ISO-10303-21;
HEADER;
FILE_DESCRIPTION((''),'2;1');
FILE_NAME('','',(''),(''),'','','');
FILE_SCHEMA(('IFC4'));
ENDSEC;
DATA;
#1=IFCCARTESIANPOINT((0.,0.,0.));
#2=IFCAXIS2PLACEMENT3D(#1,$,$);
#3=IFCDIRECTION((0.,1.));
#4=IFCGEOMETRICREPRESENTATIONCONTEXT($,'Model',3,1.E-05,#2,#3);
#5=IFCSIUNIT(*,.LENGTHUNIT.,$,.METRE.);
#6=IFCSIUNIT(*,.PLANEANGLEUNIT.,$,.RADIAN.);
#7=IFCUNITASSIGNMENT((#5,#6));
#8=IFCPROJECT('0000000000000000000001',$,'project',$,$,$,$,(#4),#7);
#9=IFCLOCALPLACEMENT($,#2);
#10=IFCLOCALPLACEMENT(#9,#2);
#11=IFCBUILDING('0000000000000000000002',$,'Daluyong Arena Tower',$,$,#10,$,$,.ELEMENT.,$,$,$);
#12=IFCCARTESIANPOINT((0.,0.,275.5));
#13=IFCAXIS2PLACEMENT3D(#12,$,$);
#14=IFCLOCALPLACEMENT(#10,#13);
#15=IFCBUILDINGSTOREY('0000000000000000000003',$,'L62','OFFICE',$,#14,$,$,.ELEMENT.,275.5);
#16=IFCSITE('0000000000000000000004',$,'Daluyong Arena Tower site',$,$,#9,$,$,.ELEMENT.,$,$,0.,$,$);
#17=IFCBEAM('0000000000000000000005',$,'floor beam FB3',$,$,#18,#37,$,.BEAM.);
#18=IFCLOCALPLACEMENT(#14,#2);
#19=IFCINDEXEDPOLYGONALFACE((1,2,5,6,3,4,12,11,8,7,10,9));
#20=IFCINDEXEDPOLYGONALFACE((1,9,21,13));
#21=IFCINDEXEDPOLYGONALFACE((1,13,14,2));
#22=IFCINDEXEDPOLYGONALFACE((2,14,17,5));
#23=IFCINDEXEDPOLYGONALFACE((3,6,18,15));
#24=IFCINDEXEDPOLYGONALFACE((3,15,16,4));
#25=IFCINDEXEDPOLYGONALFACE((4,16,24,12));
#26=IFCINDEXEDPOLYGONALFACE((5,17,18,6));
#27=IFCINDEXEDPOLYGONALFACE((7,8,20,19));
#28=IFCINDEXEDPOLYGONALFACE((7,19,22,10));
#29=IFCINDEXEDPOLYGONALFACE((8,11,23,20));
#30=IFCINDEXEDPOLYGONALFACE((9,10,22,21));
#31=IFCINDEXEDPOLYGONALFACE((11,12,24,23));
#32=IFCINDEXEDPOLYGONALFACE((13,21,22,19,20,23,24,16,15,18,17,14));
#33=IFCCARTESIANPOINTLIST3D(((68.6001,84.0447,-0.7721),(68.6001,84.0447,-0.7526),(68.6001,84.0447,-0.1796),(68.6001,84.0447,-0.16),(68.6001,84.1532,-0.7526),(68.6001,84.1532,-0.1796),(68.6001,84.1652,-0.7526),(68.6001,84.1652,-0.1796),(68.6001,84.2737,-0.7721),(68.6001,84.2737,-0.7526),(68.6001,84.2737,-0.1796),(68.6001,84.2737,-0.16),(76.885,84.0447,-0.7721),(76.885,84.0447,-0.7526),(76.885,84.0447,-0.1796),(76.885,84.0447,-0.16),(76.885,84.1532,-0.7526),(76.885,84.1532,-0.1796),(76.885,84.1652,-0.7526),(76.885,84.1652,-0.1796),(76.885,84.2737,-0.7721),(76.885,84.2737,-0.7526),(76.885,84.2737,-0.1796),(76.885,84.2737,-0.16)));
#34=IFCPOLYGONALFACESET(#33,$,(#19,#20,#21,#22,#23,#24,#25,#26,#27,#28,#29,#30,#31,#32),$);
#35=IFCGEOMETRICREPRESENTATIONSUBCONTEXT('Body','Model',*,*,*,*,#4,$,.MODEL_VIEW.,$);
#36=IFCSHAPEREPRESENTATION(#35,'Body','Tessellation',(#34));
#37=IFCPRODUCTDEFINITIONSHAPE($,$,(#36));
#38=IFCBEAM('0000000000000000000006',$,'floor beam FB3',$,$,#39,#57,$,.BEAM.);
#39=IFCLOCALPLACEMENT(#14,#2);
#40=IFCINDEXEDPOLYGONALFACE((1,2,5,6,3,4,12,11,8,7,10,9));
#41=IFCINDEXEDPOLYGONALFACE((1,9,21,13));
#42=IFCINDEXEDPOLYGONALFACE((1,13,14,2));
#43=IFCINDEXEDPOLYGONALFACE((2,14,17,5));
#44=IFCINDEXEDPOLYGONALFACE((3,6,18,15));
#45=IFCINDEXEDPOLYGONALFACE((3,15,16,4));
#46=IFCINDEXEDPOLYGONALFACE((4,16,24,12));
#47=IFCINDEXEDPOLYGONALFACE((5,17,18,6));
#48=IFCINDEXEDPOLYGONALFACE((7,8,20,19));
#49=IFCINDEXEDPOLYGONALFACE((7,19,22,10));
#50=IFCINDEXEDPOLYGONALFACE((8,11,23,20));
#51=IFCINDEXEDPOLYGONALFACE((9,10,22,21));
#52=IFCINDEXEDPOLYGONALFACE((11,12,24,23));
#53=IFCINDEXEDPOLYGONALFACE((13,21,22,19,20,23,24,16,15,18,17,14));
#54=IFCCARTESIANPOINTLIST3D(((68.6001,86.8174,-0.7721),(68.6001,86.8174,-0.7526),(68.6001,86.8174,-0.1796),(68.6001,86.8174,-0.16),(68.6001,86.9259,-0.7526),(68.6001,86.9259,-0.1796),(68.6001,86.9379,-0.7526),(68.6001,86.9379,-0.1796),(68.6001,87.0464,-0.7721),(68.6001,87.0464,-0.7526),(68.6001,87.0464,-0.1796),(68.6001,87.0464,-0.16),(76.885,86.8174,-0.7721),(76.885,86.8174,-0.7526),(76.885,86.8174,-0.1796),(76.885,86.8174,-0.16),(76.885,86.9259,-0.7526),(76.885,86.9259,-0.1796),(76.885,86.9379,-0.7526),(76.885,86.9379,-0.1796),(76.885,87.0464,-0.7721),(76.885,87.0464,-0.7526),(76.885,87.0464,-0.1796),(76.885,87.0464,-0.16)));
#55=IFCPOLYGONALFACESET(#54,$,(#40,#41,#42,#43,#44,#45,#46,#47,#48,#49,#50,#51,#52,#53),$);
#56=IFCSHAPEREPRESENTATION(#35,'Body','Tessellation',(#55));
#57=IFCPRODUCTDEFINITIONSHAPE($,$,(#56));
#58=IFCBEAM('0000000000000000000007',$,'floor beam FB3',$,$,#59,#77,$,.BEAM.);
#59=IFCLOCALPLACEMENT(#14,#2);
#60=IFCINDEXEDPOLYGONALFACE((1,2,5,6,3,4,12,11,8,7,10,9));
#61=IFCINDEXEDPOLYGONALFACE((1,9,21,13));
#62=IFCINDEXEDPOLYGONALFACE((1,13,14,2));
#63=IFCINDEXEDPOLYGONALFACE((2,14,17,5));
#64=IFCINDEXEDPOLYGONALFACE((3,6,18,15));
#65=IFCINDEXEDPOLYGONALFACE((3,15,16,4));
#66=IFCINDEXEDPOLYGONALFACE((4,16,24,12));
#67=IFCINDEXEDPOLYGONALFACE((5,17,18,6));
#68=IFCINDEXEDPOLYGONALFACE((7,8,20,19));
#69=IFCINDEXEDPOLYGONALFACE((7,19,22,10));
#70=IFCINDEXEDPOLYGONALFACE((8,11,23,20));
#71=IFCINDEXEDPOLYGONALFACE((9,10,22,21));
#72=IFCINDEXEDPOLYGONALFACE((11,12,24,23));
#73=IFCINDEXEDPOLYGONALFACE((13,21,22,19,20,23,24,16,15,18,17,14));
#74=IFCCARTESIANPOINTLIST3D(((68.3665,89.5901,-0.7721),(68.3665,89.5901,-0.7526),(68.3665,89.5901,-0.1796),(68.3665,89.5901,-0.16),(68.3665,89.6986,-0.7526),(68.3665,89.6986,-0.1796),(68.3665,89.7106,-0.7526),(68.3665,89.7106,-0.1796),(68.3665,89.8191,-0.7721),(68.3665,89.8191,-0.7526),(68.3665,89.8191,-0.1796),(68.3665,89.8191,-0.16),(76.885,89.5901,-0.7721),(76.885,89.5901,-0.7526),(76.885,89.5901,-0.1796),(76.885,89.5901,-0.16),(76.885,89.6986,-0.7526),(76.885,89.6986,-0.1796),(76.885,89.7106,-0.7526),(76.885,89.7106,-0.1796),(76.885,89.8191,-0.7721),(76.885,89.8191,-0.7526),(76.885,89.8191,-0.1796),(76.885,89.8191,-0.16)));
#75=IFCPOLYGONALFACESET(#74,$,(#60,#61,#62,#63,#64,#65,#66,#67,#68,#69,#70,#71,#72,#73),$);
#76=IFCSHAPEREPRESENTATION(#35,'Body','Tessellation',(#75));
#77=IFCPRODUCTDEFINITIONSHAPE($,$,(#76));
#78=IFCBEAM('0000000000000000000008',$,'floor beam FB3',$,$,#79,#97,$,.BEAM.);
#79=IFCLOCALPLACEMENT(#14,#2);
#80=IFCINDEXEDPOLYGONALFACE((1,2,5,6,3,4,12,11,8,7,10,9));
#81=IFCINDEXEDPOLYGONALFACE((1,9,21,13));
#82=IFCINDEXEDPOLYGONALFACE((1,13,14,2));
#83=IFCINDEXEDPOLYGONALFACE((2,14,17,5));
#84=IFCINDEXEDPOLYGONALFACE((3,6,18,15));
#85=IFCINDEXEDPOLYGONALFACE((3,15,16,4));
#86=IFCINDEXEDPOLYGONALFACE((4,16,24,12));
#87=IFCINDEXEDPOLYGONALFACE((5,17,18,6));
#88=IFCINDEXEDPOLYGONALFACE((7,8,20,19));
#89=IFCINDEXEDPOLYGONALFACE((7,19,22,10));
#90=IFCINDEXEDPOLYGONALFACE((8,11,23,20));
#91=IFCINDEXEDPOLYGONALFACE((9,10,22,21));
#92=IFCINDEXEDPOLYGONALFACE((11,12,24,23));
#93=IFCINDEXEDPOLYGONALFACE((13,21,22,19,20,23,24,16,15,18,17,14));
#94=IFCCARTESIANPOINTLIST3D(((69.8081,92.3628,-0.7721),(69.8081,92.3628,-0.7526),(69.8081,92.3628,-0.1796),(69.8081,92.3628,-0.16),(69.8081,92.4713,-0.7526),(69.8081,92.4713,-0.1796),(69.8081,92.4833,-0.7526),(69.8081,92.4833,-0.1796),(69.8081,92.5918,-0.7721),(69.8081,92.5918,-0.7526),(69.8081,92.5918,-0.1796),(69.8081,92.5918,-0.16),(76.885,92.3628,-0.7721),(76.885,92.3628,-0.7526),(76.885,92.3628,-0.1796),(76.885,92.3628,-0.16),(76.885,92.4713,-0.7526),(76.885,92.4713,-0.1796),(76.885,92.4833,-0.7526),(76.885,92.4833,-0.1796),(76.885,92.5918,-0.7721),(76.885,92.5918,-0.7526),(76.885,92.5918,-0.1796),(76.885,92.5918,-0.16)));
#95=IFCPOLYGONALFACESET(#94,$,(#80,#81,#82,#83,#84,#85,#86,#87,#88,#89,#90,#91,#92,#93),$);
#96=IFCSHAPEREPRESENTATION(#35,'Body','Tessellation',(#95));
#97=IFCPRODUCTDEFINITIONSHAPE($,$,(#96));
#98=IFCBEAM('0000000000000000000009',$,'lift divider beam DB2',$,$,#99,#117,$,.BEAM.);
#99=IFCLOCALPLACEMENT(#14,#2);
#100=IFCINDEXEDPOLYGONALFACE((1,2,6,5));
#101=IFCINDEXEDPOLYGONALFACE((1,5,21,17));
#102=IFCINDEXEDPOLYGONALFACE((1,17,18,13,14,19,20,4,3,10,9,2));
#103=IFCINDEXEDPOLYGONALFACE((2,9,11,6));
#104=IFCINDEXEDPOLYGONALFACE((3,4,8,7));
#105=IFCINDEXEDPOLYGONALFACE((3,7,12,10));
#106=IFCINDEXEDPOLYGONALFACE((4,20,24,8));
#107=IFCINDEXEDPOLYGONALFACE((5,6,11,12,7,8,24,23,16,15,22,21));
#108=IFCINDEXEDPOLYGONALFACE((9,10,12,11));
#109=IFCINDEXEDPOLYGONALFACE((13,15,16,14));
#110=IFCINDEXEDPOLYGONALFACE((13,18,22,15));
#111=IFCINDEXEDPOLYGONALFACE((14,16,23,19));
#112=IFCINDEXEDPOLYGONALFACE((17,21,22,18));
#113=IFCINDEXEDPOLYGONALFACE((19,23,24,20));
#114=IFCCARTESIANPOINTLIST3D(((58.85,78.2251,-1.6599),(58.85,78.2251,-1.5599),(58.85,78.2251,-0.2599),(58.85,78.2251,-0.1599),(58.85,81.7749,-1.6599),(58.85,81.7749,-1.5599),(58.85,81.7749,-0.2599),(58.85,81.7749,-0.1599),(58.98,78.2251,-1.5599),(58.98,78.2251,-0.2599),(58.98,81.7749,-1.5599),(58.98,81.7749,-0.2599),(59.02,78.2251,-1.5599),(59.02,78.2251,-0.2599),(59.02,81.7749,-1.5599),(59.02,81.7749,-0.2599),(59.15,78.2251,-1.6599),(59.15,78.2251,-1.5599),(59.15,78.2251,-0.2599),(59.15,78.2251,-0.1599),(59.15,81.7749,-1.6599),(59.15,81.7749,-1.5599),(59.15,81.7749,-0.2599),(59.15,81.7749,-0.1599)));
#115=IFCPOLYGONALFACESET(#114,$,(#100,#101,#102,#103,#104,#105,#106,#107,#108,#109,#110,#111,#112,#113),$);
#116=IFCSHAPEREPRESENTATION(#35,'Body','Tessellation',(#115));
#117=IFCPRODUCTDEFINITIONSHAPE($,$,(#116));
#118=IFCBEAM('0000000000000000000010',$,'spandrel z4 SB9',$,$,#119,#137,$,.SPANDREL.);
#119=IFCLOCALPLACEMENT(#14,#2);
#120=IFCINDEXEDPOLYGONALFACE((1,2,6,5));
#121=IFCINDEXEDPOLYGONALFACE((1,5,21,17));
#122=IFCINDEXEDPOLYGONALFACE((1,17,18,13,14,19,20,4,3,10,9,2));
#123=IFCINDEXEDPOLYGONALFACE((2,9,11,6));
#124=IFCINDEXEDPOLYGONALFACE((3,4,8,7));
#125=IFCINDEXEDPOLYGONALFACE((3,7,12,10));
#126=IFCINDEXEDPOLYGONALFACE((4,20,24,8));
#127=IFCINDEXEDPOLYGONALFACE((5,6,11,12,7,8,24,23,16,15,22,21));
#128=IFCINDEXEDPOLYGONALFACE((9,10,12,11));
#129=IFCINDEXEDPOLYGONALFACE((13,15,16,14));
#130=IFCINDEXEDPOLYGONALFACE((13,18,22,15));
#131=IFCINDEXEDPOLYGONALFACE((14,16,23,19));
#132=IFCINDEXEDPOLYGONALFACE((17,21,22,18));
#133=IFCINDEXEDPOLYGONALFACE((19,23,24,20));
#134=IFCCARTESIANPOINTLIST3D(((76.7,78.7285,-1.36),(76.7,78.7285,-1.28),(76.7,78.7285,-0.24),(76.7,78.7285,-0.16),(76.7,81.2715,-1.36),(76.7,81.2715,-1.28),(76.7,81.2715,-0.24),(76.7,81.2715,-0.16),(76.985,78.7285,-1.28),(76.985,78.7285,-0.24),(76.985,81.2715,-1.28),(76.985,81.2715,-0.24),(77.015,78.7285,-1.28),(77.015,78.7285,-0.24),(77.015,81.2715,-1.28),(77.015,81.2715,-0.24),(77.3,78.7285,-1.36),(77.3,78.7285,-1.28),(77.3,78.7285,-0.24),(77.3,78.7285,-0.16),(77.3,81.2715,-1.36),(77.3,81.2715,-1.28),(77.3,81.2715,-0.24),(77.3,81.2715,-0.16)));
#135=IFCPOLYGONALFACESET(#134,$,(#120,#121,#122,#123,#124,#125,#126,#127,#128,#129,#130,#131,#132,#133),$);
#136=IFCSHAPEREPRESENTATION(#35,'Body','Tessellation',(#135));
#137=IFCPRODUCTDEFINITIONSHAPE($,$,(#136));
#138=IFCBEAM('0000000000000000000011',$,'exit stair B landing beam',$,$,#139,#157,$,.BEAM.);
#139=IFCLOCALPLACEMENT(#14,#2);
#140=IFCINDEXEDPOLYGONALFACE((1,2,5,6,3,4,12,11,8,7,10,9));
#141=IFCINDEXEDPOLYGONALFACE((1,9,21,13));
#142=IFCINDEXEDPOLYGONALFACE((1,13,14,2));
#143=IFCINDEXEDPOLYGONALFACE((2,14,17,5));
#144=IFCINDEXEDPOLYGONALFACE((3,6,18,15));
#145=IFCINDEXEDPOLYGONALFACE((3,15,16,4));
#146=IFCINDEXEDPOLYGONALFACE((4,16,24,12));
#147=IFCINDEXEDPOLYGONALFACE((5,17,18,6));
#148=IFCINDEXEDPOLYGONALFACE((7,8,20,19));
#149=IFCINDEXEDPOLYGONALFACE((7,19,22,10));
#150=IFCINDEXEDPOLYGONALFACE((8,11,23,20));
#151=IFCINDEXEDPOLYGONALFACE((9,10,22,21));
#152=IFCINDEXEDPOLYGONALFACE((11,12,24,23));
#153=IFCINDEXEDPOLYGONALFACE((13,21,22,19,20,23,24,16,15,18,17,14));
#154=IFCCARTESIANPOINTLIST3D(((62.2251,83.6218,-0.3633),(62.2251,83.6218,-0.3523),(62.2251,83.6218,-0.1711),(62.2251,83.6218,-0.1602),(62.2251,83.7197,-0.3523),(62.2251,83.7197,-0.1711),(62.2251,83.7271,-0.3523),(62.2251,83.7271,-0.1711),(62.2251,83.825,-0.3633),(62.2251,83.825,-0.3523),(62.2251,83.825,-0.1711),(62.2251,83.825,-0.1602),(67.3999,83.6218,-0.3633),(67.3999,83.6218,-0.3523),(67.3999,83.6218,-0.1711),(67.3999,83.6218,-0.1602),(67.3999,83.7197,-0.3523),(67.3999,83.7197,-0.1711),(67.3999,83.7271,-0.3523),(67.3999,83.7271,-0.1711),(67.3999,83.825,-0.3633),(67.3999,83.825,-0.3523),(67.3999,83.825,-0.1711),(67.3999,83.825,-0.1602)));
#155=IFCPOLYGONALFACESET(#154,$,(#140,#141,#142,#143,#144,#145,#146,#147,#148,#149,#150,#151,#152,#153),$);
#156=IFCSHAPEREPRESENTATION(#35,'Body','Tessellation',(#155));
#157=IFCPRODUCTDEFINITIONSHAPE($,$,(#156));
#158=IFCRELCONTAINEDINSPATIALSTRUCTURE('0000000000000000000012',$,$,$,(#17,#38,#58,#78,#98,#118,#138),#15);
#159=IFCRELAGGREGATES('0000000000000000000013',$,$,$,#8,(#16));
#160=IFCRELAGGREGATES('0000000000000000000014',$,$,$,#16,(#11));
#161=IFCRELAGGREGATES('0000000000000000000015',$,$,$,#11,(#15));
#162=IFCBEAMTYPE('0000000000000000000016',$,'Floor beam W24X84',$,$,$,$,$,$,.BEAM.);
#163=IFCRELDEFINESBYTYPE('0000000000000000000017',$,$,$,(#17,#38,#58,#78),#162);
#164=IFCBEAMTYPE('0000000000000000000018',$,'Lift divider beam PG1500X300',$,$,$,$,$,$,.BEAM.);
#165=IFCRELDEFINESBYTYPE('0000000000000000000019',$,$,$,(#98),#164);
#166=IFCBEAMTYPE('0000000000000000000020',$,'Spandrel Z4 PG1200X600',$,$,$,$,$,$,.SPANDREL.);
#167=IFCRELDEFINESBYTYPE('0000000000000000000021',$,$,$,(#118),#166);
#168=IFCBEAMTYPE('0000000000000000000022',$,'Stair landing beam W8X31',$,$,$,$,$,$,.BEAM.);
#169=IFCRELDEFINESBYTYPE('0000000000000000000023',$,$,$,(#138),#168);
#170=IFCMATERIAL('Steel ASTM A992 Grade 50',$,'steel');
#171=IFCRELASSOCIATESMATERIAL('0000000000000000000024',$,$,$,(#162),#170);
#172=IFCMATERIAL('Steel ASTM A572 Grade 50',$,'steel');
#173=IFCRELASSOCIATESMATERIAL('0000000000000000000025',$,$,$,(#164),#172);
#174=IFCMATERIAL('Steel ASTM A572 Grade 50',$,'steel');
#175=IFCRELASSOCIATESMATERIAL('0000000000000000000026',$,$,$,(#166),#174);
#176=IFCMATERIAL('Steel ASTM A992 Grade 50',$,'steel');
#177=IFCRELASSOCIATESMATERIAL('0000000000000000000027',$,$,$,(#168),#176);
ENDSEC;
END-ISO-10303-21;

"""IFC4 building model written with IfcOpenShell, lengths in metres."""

from ifc_helpers import new_model, si_unit, direction, frame, origin, origin_2d, place, context, subcontext, project, spatial, i_section, extrude, material, material_profile, profile_set, type_object, element, save


model = new_model("IFC4")

# Units and contexts
model_context = context("Model", 3, precision=1e-05, world=origin(), true_north=direction((0.0, 1.0)))
body_context = subcontext(model_context, "Body", "Model", "MODEL_VIEW")
ifc_project = project(units=[si_unit("LENGTHUNIT", "METRE"), si_unit("PLANEANGLEUNIT", "RADIAN")], contexts=[model_context])

# Site, building, storey
site_placement = place(None, origin())
site = spatial("IfcSite", under=ifc_project, at=site_placement, Name="Daluyong Arena Tower site", CompositionType="ELEMENT", RefElevation=0.0)
building_placement = place(site_placement, origin())
building = spatial("IfcBuilding", under=site, at=building_placement, Name="Daluyong Arena Tower", CompositionType="ELEMENT")
storey_placement = place(building_placement, frame((0.0, 0.0, 275.5)))
storey = spatial("IfcBuildingStorey", under=building, at=storey_placement, Name="L62", Description="OFFICE", CompositionType="ELEMENT", Elevation=275.5)

# Beams
ifc_material_1 = material(Name="Steel ASTM A992 Grade 50", Category="steel")
ifc_material_profile_1 = material_profile(ifc_material_1, i_section(OverallWidth=0.229, OverallDepth=0.6121, WebThickness=0.012, FlangeThickness=0.0195, at=origin_2d()))
ifc_profile_set_1 = profile_set([ifc_material_profile_1], Name="Steel ASTM A992 Grade 50")
beam_type_1 = type_object("IfcBeamType", Name="Floor beam W24X84", PredefinedType="BEAM", material=ifc_profile_set_1)
for number, where, z_axis, x_axis, name in (
    (1, (76.885, 84.1592, -0.4661), (-1.0, 0.0, 0.0), (0.0, -1.0, 0.0), "floor beam FB3"),
    (2, (76.885, 86.9319, -0.4661), (-1.0, 0.0, 0.0), (0.0, -1.0, 0.0), "floor beam FB3"),
):
    element("IfcBeam", number, at=place(storey_placement, frame(where, z_axis=z_axis, x_axis=x_axis)), inside=storey, type_object=beam_type_1, Name=name, PredefinedType="BEAM", context=body_context, shape_type="SweptSolid", body=[
        extrude(i_section(OverallWidth=0.229, OverallDepth=0.6121, WebThickness=0.012, FlangeThickness=0.0195, at=origin_2d()), origin(), (0.0, 0.0, 1.0), 8.2849),
    ])
beam_1_placement = place(storey_placement, frame((76.885, 89.7046, -0.4661), z_axis=(-1.0, 0.0, 0.0), x_axis=(0.0, -1.0, 0.0)))
element("IfcBeam", 3, at=beam_1_placement, inside=storey, type_object=beam_type_1, Name="floor beam FB3", PredefinedType="BEAM", context=body_context, shape_type="SweptSolid", body=[
    extrude(i_section(OverallWidth=0.229, OverallDepth=0.6121, WebThickness=0.012, FlangeThickness=0.0195, at=origin_2d()), origin(), (0.0, 0.0, 1.0), 8.5186),
])
beam_2_placement = place(storey_placement, frame((76.885, 92.4773, -0.4661), z_axis=(-1.0, 0.0, 0.0), x_axis=(0.0, -1.0, 0.0)))
element("IfcBeam", 4, at=beam_2_placement, inside=storey, type_object=beam_type_1, Name="floor beam FB3", PredefinedType="BEAM", context=body_context, shape_type="SweptSolid", body=[
    extrude(i_section(OverallWidth=0.229, OverallDepth=0.6121, WebThickness=0.012, FlangeThickness=0.0195, at=origin_2d()), origin(), (0.0, 0.0, 1.0), 7.0769),
])
ifc_material_2 = material(Name="Steel ASTM A572 Grade 50", Category="steel")
ifc_material_profile_2 = material_profile(ifc_material_2, i_section(OverallWidth=0.3, OverallDepth=1.5, WebThickness=0.04, FlangeThickness=0.1, at=origin_2d()))
ifc_profile_set_2 = profile_set([ifc_material_profile_2], Name="Steel ASTM A572 Grade 50")
beam_type_2 = type_object("IfcBeamType", Name="Lift divider beam PG1500X300", PredefinedType="BEAM", material=ifc_profile_set_2)
beam_3_placement = place(storey_placement, frame((59.0, 78.2251, -0.9099), z_axis=(0.0, 1.0, 0.0), x_axis=(-1.0, 0.0, 0.0)))
element("IfcBeam", 5, at=beam_3_placement, inside=storey, type_object=beam_type_2, Name="lift divider beam DB2", PredefinedType="BEAM", context=body_context, shape_type="SweptSolid", body=[
    extrude(i_section(OverallWidth=0.3, OverallDepth=1.5, WebThickness=0.04, FlangeThickness=0.1, at=origin_2d()), origin(), (0.0, 0.0, 1.0), 3.5498),
])
ifc_material_3 = material(Name="Steel ASTM A572 Grade 50", Category="steel")
ifc_material_profile_3 = material_profile(ifc_material_3, i_section(OverallWidth=0.6001, OverallDepth=1.2, WebThickness=0.03, FlangeThickness=0.08, at=origin_2d()))
ifc_profile_set_3 = profile_set([ifc_material_profile_3], Name="Steel ASTM A572 Grade 50")
beam_type_3 = type_object("IfcBeamType", Name="Spandrel Z4 PG1200X600", PredefinedType="SPANDREL", material=ifc_profile_set_3)
beam_4_placement = place(storey_placement, frame((77.0, 78.7285, -0.76), z_axis=(0.0, 1.0, 0.0), x_axis=(-1.0, 0.0, 0.0)))
element("IfcBeam", 6, at=beam_4_placement, inside=storey, type_object=beam_type_3, Name="spandrel z4 SB9", PredefinedType="SPANDREL", context=body_context, shape_type="SweptSolid", body=[
    extrude(i_section(OverallWidth=0.6001, OverallDepth=1.2, WebThickness=0.03, FlangeThickness=0.08, at=origin_2d()), origin(), (0.0, 0.0, 1.0), 2.543),
])
ifc_material_4 = material(Name="Steel ASTM A992 Grade 50", Category="steel")
ifc_material_profile_4 = material_profile(ifc_material_4, i_section(OverallWidth=0.2031, OverallDepth=0.2031, WebThickness=0.0073, FlangeThickness=0.011, at=origin_2d()))
ifc_profile_set_4 = profile_set([ifc_material_profile_4], Name="Steel ASTM A992 Grade 50")
beam_type_4 = type_object("IfcBeamType", Name="Stair landing beam W8X31", PredefinedType="BEAM", material=ifc_profile_set_4)
beam_5_placement = place(storey_placement, frame((62.2251, 83.7234, -0.2617), z_axis=(1.0, 0.0, 0.0), x_axis=(0.0, 1.0, 0.0)))
element("IfcBeam", 7, at=beam_5_placement, inside=storey, type_object=beam_type_4, Name="exit stair B landing beam", PredefinedType="BEAM", context=body_context, shape_type="SweptSolid", body=[
    extrude(i_section(OverallWidth=0.2031, OverallDepth=0.2031, WebThickness=0.0073, FlangeThickness=0.011, at=origin_2d()), origin(), (0.0, 0.0, 1.0), 5.1748),
])

save(model, "model.ifc")
